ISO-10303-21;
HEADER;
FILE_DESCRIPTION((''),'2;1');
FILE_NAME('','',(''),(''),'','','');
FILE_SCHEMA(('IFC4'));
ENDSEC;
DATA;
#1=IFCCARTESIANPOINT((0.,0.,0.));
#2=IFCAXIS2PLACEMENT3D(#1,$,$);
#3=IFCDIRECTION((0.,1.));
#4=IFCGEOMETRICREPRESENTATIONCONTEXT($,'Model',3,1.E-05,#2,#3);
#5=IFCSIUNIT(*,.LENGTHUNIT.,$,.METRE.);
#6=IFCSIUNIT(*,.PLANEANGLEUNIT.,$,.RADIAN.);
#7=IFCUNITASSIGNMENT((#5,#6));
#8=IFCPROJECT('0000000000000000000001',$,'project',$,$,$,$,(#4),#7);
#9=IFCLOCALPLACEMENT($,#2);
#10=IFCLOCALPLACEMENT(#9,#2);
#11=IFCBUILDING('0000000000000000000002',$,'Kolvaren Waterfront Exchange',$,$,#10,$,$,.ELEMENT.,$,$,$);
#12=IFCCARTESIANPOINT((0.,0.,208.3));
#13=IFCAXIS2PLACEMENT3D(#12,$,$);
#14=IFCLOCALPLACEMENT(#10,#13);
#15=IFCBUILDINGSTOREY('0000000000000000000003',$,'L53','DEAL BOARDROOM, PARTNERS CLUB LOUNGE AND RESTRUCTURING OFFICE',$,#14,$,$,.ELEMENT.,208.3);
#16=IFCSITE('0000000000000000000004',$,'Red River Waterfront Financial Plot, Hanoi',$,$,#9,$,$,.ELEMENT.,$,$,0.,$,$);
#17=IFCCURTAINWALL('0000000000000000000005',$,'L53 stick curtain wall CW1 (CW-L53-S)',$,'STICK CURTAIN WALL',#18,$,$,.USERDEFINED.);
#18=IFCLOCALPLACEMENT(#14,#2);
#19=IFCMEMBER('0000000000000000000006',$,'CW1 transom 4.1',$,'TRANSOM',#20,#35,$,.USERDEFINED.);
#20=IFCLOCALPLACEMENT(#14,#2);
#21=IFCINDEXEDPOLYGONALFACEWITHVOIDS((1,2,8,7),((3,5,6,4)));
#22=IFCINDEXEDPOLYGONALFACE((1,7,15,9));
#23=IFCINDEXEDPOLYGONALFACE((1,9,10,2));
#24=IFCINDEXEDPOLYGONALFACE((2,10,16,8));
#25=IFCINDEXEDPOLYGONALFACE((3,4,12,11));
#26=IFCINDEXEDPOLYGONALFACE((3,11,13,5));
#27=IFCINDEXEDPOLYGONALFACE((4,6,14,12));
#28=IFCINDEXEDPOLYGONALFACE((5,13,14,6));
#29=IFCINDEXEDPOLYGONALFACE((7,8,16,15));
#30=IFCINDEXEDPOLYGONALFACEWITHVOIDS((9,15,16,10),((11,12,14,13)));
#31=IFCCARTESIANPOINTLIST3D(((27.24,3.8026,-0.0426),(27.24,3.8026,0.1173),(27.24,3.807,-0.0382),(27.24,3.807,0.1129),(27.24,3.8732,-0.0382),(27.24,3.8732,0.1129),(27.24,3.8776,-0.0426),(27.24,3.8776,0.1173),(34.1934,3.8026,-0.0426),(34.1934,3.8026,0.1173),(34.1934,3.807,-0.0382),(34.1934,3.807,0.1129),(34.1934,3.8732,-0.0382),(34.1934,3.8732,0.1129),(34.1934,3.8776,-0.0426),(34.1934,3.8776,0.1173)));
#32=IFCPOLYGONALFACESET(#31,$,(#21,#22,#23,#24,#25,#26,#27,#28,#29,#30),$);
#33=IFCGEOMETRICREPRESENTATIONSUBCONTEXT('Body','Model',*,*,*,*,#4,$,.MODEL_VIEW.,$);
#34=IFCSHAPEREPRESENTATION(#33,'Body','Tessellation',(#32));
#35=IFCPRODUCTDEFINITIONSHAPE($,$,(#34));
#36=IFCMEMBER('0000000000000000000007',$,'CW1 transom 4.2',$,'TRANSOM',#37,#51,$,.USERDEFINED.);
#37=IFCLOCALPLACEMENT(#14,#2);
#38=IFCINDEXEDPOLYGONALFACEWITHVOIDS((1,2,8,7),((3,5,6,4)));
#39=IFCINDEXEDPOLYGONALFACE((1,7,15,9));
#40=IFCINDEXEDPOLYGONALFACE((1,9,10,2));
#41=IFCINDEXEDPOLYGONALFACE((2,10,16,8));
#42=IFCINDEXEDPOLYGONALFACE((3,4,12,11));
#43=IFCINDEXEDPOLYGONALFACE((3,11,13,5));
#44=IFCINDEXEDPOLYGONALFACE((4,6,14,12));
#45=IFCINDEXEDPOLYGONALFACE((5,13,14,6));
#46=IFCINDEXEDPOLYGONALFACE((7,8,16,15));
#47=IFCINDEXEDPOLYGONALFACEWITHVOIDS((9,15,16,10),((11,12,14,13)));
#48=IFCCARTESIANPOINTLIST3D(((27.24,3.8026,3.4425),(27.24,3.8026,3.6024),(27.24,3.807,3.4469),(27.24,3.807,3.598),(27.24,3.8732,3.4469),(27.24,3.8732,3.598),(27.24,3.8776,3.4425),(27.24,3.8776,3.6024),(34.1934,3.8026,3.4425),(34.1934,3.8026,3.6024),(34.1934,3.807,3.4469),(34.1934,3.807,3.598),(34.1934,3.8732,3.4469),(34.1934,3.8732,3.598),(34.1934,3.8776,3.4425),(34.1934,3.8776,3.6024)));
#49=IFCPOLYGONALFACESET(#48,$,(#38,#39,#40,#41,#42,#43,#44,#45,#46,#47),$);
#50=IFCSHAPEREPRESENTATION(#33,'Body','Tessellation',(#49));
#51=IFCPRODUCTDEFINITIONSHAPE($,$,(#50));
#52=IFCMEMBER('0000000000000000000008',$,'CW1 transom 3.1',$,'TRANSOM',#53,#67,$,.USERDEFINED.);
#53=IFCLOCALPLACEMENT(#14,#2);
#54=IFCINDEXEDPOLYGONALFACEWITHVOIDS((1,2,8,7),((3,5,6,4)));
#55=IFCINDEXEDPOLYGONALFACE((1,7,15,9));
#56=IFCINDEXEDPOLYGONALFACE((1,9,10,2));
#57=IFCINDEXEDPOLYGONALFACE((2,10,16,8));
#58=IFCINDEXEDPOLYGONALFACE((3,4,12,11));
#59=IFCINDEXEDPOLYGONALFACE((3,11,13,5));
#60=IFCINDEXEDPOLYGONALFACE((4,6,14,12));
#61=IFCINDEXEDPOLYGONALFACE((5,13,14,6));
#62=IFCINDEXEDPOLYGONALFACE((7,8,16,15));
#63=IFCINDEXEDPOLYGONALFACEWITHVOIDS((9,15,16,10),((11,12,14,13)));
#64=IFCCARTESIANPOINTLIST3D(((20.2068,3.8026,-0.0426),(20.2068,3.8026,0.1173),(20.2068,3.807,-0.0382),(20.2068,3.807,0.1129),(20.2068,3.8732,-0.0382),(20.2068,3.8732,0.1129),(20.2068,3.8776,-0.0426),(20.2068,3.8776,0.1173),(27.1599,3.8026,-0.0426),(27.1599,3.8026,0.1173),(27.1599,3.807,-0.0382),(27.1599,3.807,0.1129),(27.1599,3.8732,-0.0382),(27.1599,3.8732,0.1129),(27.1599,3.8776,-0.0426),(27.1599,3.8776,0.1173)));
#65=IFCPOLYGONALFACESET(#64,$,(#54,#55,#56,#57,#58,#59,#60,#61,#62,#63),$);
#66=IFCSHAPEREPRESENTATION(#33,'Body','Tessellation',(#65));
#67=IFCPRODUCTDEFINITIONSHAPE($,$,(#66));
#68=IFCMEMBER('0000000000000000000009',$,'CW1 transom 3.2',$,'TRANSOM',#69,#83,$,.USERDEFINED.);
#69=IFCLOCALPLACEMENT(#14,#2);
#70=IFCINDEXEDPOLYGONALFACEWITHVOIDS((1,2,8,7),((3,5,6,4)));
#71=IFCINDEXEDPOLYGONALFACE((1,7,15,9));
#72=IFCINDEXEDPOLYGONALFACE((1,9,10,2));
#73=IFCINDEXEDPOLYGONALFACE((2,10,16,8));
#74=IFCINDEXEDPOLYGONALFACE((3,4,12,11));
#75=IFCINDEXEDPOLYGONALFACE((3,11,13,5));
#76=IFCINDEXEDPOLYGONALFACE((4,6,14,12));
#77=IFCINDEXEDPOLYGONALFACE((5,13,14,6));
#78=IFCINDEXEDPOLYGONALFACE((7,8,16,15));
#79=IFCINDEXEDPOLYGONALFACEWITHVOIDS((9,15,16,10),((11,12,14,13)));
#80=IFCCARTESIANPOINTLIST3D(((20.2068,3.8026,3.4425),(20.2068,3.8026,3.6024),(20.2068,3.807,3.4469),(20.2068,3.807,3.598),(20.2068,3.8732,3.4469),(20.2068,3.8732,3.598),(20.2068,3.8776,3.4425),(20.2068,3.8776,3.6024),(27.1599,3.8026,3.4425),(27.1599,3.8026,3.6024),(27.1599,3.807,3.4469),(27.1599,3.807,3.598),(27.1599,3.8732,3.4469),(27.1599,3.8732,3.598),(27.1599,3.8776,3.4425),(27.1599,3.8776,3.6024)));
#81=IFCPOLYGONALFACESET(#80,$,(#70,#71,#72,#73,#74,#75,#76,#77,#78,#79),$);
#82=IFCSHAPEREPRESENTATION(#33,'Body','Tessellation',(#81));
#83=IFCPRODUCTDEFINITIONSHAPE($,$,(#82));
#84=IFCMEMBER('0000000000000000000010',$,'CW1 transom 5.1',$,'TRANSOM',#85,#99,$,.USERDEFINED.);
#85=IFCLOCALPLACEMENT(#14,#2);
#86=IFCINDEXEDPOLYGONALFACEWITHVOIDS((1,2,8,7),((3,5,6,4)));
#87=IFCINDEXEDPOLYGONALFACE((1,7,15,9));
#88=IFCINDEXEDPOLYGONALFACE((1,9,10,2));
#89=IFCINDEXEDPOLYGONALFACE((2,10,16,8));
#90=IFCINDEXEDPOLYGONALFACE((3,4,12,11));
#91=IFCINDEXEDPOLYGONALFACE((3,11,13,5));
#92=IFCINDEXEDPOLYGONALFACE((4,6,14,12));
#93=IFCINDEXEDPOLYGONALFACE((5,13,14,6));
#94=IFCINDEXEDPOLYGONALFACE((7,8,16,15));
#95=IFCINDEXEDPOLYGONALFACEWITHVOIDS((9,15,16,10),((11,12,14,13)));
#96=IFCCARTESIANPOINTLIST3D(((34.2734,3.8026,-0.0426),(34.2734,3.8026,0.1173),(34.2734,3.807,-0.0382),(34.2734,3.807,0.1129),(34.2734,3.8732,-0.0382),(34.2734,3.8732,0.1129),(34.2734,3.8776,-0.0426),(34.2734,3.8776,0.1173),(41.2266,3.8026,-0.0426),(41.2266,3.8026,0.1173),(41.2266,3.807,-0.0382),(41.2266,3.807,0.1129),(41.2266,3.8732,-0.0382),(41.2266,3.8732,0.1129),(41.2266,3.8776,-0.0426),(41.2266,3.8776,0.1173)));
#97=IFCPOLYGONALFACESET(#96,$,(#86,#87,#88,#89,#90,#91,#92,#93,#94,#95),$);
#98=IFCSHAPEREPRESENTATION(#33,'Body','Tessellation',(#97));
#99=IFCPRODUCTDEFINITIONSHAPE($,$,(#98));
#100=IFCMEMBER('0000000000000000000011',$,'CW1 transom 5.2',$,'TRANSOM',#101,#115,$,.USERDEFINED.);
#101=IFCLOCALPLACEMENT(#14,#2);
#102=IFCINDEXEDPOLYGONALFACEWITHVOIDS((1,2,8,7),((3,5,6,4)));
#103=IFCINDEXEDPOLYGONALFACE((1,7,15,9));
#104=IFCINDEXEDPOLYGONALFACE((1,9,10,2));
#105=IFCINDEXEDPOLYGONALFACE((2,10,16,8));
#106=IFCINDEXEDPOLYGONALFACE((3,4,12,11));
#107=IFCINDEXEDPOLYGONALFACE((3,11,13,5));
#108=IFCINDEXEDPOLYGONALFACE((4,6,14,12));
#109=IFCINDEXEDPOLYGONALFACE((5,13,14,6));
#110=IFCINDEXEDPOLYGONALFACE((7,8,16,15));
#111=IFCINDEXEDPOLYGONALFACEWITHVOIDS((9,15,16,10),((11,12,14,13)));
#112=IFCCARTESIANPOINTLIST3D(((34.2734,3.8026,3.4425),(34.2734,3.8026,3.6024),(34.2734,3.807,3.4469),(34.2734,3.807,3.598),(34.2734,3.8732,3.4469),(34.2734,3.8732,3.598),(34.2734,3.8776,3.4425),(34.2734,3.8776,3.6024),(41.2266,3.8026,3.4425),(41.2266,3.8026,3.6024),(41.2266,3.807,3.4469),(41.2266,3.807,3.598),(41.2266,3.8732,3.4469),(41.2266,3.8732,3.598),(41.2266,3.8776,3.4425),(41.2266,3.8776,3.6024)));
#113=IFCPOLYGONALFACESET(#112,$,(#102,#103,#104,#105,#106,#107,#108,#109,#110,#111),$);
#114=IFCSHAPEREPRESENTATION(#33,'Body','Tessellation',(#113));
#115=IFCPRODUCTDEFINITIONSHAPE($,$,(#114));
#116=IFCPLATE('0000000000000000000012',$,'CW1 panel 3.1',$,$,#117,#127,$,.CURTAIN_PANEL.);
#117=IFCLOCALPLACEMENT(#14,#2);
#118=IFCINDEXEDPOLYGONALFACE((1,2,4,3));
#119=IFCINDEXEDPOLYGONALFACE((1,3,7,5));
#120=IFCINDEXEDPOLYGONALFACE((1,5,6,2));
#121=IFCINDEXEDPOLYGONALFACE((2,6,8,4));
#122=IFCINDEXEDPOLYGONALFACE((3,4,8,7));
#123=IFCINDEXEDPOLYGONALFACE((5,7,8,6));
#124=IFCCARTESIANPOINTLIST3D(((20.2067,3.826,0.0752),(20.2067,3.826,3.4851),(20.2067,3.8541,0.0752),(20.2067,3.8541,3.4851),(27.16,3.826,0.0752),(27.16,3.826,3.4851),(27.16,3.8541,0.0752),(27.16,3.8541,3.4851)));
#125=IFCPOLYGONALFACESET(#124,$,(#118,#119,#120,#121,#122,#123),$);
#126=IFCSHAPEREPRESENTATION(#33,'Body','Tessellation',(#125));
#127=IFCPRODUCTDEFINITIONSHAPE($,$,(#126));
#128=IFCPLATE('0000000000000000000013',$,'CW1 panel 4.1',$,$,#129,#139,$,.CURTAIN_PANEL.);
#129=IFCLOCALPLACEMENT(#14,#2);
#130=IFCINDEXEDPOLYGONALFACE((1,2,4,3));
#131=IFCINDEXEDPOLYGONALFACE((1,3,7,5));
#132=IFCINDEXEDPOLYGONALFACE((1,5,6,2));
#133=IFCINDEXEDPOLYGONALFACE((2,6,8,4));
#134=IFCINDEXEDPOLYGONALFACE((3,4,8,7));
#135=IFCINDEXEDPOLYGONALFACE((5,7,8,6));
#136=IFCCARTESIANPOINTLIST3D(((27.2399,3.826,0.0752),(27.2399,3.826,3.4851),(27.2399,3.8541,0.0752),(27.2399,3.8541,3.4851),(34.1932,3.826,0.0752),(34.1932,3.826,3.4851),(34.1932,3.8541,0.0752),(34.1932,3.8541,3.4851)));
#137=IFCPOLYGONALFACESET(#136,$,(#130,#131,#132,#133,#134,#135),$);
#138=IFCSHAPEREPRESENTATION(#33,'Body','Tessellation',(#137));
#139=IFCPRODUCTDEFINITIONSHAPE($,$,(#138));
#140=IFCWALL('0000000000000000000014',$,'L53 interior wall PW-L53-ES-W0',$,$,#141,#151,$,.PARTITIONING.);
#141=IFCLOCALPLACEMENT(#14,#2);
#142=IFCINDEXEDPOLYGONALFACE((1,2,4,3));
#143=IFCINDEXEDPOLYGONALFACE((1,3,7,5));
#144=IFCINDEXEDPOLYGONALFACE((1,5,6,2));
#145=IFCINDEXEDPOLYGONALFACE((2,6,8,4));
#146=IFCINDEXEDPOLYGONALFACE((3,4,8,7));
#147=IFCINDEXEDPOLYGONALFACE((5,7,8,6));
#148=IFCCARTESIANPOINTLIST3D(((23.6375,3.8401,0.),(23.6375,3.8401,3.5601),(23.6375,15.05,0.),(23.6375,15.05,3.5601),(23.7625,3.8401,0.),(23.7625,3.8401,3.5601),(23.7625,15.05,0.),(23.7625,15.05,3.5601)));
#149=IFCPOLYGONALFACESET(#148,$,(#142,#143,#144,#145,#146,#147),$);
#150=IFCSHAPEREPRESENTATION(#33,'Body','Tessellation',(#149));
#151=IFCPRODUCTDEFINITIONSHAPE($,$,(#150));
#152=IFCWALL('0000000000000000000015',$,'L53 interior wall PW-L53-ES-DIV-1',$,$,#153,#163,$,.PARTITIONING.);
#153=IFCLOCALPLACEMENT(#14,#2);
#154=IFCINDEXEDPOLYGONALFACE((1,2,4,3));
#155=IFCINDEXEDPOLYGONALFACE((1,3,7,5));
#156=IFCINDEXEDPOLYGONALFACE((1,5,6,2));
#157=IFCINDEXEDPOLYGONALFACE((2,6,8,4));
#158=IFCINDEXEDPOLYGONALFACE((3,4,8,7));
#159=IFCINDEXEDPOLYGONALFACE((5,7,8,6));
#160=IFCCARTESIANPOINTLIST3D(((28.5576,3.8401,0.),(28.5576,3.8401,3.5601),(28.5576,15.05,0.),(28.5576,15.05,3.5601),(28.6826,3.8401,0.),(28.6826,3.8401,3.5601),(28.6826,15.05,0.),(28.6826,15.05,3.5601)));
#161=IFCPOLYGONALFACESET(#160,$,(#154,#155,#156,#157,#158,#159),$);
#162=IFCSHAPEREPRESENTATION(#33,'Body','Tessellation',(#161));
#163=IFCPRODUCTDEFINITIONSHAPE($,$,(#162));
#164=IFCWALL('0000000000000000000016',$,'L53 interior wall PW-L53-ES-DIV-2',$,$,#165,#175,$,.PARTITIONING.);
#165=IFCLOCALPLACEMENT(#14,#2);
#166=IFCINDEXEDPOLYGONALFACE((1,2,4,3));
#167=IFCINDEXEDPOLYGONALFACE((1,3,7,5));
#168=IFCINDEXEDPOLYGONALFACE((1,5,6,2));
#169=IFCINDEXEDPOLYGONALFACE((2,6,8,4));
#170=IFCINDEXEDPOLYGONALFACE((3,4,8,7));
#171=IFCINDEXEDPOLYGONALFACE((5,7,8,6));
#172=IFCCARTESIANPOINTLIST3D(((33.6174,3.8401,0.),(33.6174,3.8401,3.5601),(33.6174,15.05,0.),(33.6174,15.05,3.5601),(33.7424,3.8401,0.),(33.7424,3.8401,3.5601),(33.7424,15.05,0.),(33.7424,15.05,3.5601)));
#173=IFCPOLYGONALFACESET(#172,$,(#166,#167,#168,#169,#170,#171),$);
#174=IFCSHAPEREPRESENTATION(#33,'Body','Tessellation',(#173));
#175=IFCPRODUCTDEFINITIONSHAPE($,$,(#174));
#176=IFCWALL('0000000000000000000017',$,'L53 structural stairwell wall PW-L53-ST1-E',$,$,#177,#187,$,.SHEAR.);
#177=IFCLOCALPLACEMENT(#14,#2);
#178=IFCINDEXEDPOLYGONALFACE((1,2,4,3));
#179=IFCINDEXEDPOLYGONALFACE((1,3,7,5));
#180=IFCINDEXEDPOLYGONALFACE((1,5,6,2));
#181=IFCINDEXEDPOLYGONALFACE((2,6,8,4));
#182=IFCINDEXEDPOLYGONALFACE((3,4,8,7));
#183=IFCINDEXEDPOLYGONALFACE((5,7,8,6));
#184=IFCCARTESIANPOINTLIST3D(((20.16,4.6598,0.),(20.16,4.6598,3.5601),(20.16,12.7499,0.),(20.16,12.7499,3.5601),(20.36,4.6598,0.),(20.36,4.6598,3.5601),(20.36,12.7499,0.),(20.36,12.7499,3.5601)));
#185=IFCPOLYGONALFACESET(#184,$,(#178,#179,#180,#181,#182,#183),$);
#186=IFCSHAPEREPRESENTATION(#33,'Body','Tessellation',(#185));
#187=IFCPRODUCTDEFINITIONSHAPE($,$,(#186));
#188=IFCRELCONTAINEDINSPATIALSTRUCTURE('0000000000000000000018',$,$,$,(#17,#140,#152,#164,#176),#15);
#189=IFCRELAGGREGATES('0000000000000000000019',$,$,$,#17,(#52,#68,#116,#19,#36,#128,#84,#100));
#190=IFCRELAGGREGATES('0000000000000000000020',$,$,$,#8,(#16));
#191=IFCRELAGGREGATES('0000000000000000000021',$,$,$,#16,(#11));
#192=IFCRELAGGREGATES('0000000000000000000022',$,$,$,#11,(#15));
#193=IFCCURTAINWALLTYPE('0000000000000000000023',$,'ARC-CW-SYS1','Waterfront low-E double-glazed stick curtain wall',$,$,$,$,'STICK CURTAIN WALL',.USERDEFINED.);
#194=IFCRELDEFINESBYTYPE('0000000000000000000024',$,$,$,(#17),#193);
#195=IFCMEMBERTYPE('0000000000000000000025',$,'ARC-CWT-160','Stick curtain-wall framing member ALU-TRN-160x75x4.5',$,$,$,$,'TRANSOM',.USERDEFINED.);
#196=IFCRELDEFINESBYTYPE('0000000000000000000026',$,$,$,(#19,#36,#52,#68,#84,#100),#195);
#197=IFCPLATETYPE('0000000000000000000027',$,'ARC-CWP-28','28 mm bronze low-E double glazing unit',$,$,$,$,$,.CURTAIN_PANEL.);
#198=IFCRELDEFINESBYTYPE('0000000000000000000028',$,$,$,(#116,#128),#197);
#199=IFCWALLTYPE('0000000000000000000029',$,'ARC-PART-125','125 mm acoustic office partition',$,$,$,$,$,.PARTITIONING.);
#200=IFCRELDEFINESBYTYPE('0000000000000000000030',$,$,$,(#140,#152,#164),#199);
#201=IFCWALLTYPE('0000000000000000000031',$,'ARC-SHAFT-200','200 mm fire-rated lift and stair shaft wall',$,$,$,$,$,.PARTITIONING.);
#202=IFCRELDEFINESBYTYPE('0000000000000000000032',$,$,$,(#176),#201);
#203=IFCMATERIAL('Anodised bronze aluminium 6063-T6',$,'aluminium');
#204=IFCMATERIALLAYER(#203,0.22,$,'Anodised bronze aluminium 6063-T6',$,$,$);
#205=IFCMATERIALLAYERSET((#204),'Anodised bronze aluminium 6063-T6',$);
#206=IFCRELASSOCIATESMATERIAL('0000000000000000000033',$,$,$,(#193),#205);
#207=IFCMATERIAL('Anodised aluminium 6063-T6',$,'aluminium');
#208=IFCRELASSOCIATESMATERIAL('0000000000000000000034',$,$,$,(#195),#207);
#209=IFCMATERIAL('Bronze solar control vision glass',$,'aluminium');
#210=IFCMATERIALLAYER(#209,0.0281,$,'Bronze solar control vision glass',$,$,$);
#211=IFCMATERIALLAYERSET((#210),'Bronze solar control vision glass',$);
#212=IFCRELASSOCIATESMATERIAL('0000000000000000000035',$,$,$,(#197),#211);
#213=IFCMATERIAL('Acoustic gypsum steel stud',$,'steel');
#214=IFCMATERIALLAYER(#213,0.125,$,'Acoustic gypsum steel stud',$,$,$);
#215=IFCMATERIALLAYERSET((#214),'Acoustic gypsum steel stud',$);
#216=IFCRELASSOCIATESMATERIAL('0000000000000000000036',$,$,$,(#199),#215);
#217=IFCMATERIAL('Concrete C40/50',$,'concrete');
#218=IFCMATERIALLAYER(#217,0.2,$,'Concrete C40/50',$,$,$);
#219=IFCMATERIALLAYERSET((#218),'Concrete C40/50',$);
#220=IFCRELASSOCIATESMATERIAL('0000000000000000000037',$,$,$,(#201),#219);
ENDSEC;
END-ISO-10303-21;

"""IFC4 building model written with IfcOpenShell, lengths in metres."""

from ifc_helpers import new_model, si_unit, direction, frame, frame_2d, origin, origin_with_axes, origin_2d, place, context, subcontext, project, spatial, rectangle, hollow_rectangle, extrude, source, transform, mapped, material, layer, layer_set, material_profile, profile_set, type_object, element, aggregate, save


model = new_model("IFC4")

# Units and contexts
model_context = context("Model", 3, precision=1e-05, world=origin(), true_north=direction((0.0, 1.0)))
body_context = subcontext(model_context, "Body", "Model", "MODEL_VIEW")
ifc_project = project(units=[si_unit("LENGTHUNIT", "METRE"), si_unit("PLANEANGLEUNIT", "RADIAN")], contexts=[model_context])

# Site, building, storey
site_placement = place(None, origin())
site = spatial("IfcSite", under=ifc_project, at=site_placement, Name="Red River Waterfront Financial Plot, Hanoi", CompositionType="ELEMENT", RefElevation=0.0)
building_placement = place(site_placement, origin())
building = spatial("IfcBuilding", under=site, at=building_placement, Name="Kolvaren Waterfront Exchange", CompositionType="ELEMENT")
storey_placement = place(building_placement, frame((0.0, 0.0, 208.3)))
storey = spatial("IfcBuildingStorey", under=building, at=storey_placement, Name="L53", Description="DEAL BOARDROOM, PARTNERS CLUB LOUNGE AND RESTRUCTURING OFFICE", CompositionType="ELEMENT", Elevation=208.3)

# Curtain wall, members, plates
ifc_material_1 = material(Name="Anodised bronze aluminium 6063-T6", Category="aluminium")
ifc_layer_1 = layer(ifc_material_1, 0.22, Name="Anodised bronze aluminium 6063-T6")
ifc_layer_set_1 = layer_set([ifc_layer_1], Name="Anodised bronze aluminium 6063-T6")
curtain_wall_type = type_object("IfcCurtainWallType", Name="ARC-CW-SYS1", Description="Waterfront low-E double-glazed stick curtain wall", ElementType="STICK CURTAIN WALL", PredefinedType="USERDEFINED", material=ifc_layer_set_1)
curtain_wall_placement = place(storey_placement, origin())
curtain_wall = element("IfcCurtainWall", 1, at=curtain_wall_placement, inside=storey, type_object=curtain_wall_type, Name="L53 stick curtain wall CW1 (CW-L53-S)", ObjectType="STICK CURTAIN WALL", PredefinedType="USERDEFINED")
ifc_material_2 = material(Name="Anodised aluminium 6063-T6", Category="aluminium")
ifc_material_profile_1 = material_profile(ifc_material_2, hollow_rectangle(XDim=0.075, YDim=0.1599, WallThickness=0.0044, at=origin_2d()), Name="ALU-TRN-160x75x4.5")
ifc_profile_set_1 = profile_set([ifc_material_profile_1], Name="Anodised aluminium 6063-T6")
member_type_1 = type_object("IfcMemberType", Name="ARC-CWT-160", Description="Stick curtain-wall framing member ALU-TRN-160x75x4.5", ElementType="TRANSOM", PredefinedType="USERDEFINED", material=ifc_profile_set_1)
shared_shape_1 = source(origin_with_axes(), body_context, "Body", "SweptSolid", [
    extrude(hollow_rectangle(XDim=0.075, YDim=0.1599, WallThickness=0.0044, at=origin_2d()), origin(), (0.0, 0.0, 1.0), 6.9534),
])
member_1_placement = place(storey_placement, frame((27.24, 3.8401, 0.0374), z_axis=(1.0, 0.0, 0.0), x_axis=(0.0, 1.0, 0.0)))
member_1 = element("IfcMember", 2, at=member_1_placement, type_object=member_type_1, Name="CW1 transom 4.1", ObjectType="TRANSOM", PredefinedType="USERDEFINED", context=body_context, shape_type="MappedRepresentation", body=[
    mapped(shared_shape_1, transform((0.0, 0.0, 0.0), x_axis=(1.0, 0.0, 0.0), y_axis=(0.0, 1.0, 0.0), z_axis=(0.0, 0.0, 1.0), scale=1.0)),
])
member_2_placement = place(storey_placement, frame((27.24, 3.8401, 3.5225), z_axis=(1.0, 0.0, 0.0), x_axis=(0.0, 1.0, 0.0)))
member_2 = element("IfcMember", 3, at=member_2_placement, type_object=member_type_1, Name="CW1 transom 4.2", ObjectType="TRANSOM", PredefinedType="USERDEFINED", context=body_context, shape_type="MappedRepresentation", body=[
    mapped(shared_shape_1, transform((0.0, 0.0, 0.0), x_axis=(1.0, 0.0, 0.0), y_axis=(0.0, 1.0, 0.0), z_axis=(0.0, 0.0, 1.0), scale=1.0)),
])
shared_shape_2 = source(origin_with_axes(), body_context, "Body", "SweptSolid", [
    extrude(hollow_rectangle(XDim=0.075, YDim=0.1599, WallThickness=0.0044, at=origin_2d()), origin(), (0.0, 0.0, 1.0), 6.9531),
])
member_3_placement = place(storey_placement, frame((20.2068, 3.8401, 0.0374), z_axis=(1.0, 0.0, 0.0), x_axis=(0.0, 1.0, 0.0)))
member_3 = element("IfcMember", 4, at=member_3_placement, type_object=member_type_1, Name="CW1 transom 3.1", ObjectType="TRANSOM", PredefinedType="USERDEFINED", context=body_context, shape_type="MappedRepresentation", body=[
    mapped(shared_shape_2, transform((0.0, 0.0, 0.0), x_axis=(1.0, 0.0, 0.0), y_axis=(0.0, 1.0, 0.0), z_axis=(0.0, 0.0, 1.0), scale=1.0)),
])
member_4_placement = place(storey_placement, frame((20.2068, 3.8401, 3.5225), z_axis=(1.0, 0.0, 0.0), x_axis=(0.0, 1.0, 0.0)))
member_4 = element("IfcMember", 5, at=member_4_placement, type_object=member_type_1, Name="CW1 transom 3.2", ObjectType="TRANSOM", PredefinedType="USERDEFINED", context=body_context, shape_type="MappedRepresentation", body=[
    mapped(shared_shape_2, transform((0.0, 0.0, 0.0), x_axis=(1.0, 0.0, 0.0), y_axis=(0.0, 1.0, 0.0), z_axis=(0.0, 0.0, 1.0), scale=1.0)),
])
member_5_placement = place(storey_placement, frame((34.2734, 3.8401, 0.0374), z_axis=(1.0, 0.0, 0.0), x_axis=(0.0, 1.0, 0.0)))
member_5 = element("IfcMember", 6, at=member_5_placement, type_object=member_type_1, Name="CW1 transom 5.1", ObjectType="TRANSOM", PredefinedType="USERDEFINED", context=body_context, shape_type="MappedRepresentation", body=[
    mapped(shared_shape_2, transform((0.0, 0.0, 0.0), x_axis=(1.0, 0.0, 0.0), y_axis=(0.0, 1.0, 0.0), z_axis=(0.0, 0.0, 1.0), scale=1.0)),
])
member_6_placement = place(storey_placement, frame((34.2734, 3.8401, 3.5225), z_axis=(1.0, 0.0, 0.0), x_axis=(0.0, 1.0, 0.0)))
member_6 = element("IfcMember", 7, at=member_6_placement, type_object=member_type_1, Name="CW1 transom 5.2", ObjectType="TRANSOM", PredefinedType="USERDEFINED", context=body_context, shape_type="MappedRepresentation", body=[
    mapped(shared_shape_2, transform((0.0, 0.0, 0.0), x_axis=(1.0, 0.0, 0.0), y_axis=(0.0, 1.0, 0.0), z_axis=(0.0, 0.0, 1.0), scale=1.0)),
])
ifc_material_3 = material(Name="Bronze solar control vision glass", Category="aluminium")
ifc_layer_2 = layer(ifc_material_3, 0.0281, Name="Bronze solar control vision glass")
ifc_layer_set_2 = layer_set([ifc_layer_2], Name="Bronze solar control vision glass")
plate_type = type_object("IfcPlateType", Name="ARC-CWP-28", Description="28 mm bronze low-E double glazing unit", PredefinedType="CURTAIN_PANEL", material=ifc_layer_set_2)
shared_shape_3 = source(origin_with_axes(), body_context, "Body", "SweptSolid", [
    extrude(rectangle(XDim=6.9534, YDim=0.0281, at=origin_2d()), origin(), (0.0, 0.0, 1.0), 3.4099),
])
plate_1_placement = place(storey_placement, frame((23.6833, 3.8401, 0.0752), z_axis=(0.0, 0.0, 1.0), x_axis=(1.0, 0.0, 0.0)))
plate_1 = element("IfcPlate", 8, at=plate_1_placement, type_object=plate_type, Name="CW1 panel 3.1", PredefinedType="CURTAIN_PANEL", context=body_context, shape_type="MappedRepresentation", body=[
    mapped(shared_shape_3, transform((0.0, 0.0, 0.0), x_axis=(1.0, 0.0, 0.0), y_axis=(0.0, 1.0, 0.0), z_axis=(0.0, 0.0, 1.0), scale=1.0)),
])
plate_2_placement = place(storey_placement, frame((30.7166, 3.8401, 0.0752), z_axis=(0.0, 0.0, 1.0), x_axis=(1.0, 0.0, 0.0)))
plate_2 = element("IfcPlate", 9, at=plate_2_placement, type_object=plate_type, Name="CW1 panel 4.1", PredefinedType="CURTAIN_PANEL", context=body_context, shape_type="MappedRepresentation", body=[
    mapped(shared_shape_3, transform((0.0, 0.0, 0.0), x_axis=(1.0, 0.0, 0.0), y_axis=(0.0, 1.0, 0.0), z_axis=(0.0, 0.0, 1.0), scale=1.0)),
])
aggregate(curtain_wall, [member_3, member_4, plate_1, member_1, member_2, plate_2, member_5, member_6])

# Shared definitions
ifc_material_4 = material(Name="Acoustic gypsum steel stud", Category="steel")
ifc_layer_3 = layer(ifc_material_4, 0.125, Name="Acoustic gypsum steel stud")
ifc_layer_set_3 = layer_set([ifc_layer_3], Name="Acoustic gypsum steel stud")
wall_type_1 = type_object("IfcWallType", Name="ARC-PART-125", Description="125 mm acoustic office partition", PredefinedType="PARTITIONING", material=ifc_layer_set_3)

# Walls
for number, where, z_axis, x_axis, name in (
    (10, (23.7, 3.8401, 0.0), (0.0, 0.0, 1.0), (0.0, 1.0, 0.0), "L53 interior wall PW-L53-ES-W0"),
    (11, (28.6201, 3.8401, 0.0), (0.0, 0.0, 1.0), (0.0, 1.0, 0.0), "L53 interior wall PW-L53-ES-DIV-1"),
    (12, (33.6799, 3.8401, 0.0), (0.0, 0.0, 1.0), (0.0, 1.0, 0.0), "L53 interior wall PW-L53-ES-DIV-2"),
):
    element("IfcWall", number, at=place(storey_placement, frame(where, z_axis=z_axis, x_axis=x_axis)), inside=storey, type_object=wall_type_1, Name=name, PredefinedType="PARTITIONING", context=body_context, shape_type="SweptSolid", body=[
        extrude(rectangle(XDim=11.21, YDim=0.125, at=frame_2d((5.605, 0.0))), origin(), (0.0, 0.0, 1.0), 3.5601),
    ])
ifc_material_5 = material(Name="Concrete C40/50", Category="concrete")
ifc_layer_4 = layer(ifc_material_5, 0.2, Name="Concrete C40/50")
ifc_layer_set_4 = layer_set([ifc_layer_4], Name="Concrete C40/50")
wall_type_2 = type_object("IfcWallType", Name="ARC-SHAFT-200", Description="200 mm fire-rated lift and stair shaft wall", PredefinedType="PARTITIONING", material=ifc_layer_set_4)
wall_1_placement = place(storey_placement, frame((20.26, 4.6599, 0.0), z_axis=(0.0, 0.0, 1.0), x_axis=(0.0, 1.0, 0.0)))
element("IfcWall", 13, at=wall_1_placement, inside=storey, type_object=wall_type_2, Name="L53 structural stairwell wall PW-L53-ST1-E", PredefinedType="SHEAR", context=body_context, shape_type="SweptSolid", body=[
    extrude(rectangle(XDim=8.0901, YDim=0.2, at=frame_2d((4.0449, 0.0))), origin(), (0.0, 0.0, 1.0), 3.5601),
])

save(model, "model.ifc")
